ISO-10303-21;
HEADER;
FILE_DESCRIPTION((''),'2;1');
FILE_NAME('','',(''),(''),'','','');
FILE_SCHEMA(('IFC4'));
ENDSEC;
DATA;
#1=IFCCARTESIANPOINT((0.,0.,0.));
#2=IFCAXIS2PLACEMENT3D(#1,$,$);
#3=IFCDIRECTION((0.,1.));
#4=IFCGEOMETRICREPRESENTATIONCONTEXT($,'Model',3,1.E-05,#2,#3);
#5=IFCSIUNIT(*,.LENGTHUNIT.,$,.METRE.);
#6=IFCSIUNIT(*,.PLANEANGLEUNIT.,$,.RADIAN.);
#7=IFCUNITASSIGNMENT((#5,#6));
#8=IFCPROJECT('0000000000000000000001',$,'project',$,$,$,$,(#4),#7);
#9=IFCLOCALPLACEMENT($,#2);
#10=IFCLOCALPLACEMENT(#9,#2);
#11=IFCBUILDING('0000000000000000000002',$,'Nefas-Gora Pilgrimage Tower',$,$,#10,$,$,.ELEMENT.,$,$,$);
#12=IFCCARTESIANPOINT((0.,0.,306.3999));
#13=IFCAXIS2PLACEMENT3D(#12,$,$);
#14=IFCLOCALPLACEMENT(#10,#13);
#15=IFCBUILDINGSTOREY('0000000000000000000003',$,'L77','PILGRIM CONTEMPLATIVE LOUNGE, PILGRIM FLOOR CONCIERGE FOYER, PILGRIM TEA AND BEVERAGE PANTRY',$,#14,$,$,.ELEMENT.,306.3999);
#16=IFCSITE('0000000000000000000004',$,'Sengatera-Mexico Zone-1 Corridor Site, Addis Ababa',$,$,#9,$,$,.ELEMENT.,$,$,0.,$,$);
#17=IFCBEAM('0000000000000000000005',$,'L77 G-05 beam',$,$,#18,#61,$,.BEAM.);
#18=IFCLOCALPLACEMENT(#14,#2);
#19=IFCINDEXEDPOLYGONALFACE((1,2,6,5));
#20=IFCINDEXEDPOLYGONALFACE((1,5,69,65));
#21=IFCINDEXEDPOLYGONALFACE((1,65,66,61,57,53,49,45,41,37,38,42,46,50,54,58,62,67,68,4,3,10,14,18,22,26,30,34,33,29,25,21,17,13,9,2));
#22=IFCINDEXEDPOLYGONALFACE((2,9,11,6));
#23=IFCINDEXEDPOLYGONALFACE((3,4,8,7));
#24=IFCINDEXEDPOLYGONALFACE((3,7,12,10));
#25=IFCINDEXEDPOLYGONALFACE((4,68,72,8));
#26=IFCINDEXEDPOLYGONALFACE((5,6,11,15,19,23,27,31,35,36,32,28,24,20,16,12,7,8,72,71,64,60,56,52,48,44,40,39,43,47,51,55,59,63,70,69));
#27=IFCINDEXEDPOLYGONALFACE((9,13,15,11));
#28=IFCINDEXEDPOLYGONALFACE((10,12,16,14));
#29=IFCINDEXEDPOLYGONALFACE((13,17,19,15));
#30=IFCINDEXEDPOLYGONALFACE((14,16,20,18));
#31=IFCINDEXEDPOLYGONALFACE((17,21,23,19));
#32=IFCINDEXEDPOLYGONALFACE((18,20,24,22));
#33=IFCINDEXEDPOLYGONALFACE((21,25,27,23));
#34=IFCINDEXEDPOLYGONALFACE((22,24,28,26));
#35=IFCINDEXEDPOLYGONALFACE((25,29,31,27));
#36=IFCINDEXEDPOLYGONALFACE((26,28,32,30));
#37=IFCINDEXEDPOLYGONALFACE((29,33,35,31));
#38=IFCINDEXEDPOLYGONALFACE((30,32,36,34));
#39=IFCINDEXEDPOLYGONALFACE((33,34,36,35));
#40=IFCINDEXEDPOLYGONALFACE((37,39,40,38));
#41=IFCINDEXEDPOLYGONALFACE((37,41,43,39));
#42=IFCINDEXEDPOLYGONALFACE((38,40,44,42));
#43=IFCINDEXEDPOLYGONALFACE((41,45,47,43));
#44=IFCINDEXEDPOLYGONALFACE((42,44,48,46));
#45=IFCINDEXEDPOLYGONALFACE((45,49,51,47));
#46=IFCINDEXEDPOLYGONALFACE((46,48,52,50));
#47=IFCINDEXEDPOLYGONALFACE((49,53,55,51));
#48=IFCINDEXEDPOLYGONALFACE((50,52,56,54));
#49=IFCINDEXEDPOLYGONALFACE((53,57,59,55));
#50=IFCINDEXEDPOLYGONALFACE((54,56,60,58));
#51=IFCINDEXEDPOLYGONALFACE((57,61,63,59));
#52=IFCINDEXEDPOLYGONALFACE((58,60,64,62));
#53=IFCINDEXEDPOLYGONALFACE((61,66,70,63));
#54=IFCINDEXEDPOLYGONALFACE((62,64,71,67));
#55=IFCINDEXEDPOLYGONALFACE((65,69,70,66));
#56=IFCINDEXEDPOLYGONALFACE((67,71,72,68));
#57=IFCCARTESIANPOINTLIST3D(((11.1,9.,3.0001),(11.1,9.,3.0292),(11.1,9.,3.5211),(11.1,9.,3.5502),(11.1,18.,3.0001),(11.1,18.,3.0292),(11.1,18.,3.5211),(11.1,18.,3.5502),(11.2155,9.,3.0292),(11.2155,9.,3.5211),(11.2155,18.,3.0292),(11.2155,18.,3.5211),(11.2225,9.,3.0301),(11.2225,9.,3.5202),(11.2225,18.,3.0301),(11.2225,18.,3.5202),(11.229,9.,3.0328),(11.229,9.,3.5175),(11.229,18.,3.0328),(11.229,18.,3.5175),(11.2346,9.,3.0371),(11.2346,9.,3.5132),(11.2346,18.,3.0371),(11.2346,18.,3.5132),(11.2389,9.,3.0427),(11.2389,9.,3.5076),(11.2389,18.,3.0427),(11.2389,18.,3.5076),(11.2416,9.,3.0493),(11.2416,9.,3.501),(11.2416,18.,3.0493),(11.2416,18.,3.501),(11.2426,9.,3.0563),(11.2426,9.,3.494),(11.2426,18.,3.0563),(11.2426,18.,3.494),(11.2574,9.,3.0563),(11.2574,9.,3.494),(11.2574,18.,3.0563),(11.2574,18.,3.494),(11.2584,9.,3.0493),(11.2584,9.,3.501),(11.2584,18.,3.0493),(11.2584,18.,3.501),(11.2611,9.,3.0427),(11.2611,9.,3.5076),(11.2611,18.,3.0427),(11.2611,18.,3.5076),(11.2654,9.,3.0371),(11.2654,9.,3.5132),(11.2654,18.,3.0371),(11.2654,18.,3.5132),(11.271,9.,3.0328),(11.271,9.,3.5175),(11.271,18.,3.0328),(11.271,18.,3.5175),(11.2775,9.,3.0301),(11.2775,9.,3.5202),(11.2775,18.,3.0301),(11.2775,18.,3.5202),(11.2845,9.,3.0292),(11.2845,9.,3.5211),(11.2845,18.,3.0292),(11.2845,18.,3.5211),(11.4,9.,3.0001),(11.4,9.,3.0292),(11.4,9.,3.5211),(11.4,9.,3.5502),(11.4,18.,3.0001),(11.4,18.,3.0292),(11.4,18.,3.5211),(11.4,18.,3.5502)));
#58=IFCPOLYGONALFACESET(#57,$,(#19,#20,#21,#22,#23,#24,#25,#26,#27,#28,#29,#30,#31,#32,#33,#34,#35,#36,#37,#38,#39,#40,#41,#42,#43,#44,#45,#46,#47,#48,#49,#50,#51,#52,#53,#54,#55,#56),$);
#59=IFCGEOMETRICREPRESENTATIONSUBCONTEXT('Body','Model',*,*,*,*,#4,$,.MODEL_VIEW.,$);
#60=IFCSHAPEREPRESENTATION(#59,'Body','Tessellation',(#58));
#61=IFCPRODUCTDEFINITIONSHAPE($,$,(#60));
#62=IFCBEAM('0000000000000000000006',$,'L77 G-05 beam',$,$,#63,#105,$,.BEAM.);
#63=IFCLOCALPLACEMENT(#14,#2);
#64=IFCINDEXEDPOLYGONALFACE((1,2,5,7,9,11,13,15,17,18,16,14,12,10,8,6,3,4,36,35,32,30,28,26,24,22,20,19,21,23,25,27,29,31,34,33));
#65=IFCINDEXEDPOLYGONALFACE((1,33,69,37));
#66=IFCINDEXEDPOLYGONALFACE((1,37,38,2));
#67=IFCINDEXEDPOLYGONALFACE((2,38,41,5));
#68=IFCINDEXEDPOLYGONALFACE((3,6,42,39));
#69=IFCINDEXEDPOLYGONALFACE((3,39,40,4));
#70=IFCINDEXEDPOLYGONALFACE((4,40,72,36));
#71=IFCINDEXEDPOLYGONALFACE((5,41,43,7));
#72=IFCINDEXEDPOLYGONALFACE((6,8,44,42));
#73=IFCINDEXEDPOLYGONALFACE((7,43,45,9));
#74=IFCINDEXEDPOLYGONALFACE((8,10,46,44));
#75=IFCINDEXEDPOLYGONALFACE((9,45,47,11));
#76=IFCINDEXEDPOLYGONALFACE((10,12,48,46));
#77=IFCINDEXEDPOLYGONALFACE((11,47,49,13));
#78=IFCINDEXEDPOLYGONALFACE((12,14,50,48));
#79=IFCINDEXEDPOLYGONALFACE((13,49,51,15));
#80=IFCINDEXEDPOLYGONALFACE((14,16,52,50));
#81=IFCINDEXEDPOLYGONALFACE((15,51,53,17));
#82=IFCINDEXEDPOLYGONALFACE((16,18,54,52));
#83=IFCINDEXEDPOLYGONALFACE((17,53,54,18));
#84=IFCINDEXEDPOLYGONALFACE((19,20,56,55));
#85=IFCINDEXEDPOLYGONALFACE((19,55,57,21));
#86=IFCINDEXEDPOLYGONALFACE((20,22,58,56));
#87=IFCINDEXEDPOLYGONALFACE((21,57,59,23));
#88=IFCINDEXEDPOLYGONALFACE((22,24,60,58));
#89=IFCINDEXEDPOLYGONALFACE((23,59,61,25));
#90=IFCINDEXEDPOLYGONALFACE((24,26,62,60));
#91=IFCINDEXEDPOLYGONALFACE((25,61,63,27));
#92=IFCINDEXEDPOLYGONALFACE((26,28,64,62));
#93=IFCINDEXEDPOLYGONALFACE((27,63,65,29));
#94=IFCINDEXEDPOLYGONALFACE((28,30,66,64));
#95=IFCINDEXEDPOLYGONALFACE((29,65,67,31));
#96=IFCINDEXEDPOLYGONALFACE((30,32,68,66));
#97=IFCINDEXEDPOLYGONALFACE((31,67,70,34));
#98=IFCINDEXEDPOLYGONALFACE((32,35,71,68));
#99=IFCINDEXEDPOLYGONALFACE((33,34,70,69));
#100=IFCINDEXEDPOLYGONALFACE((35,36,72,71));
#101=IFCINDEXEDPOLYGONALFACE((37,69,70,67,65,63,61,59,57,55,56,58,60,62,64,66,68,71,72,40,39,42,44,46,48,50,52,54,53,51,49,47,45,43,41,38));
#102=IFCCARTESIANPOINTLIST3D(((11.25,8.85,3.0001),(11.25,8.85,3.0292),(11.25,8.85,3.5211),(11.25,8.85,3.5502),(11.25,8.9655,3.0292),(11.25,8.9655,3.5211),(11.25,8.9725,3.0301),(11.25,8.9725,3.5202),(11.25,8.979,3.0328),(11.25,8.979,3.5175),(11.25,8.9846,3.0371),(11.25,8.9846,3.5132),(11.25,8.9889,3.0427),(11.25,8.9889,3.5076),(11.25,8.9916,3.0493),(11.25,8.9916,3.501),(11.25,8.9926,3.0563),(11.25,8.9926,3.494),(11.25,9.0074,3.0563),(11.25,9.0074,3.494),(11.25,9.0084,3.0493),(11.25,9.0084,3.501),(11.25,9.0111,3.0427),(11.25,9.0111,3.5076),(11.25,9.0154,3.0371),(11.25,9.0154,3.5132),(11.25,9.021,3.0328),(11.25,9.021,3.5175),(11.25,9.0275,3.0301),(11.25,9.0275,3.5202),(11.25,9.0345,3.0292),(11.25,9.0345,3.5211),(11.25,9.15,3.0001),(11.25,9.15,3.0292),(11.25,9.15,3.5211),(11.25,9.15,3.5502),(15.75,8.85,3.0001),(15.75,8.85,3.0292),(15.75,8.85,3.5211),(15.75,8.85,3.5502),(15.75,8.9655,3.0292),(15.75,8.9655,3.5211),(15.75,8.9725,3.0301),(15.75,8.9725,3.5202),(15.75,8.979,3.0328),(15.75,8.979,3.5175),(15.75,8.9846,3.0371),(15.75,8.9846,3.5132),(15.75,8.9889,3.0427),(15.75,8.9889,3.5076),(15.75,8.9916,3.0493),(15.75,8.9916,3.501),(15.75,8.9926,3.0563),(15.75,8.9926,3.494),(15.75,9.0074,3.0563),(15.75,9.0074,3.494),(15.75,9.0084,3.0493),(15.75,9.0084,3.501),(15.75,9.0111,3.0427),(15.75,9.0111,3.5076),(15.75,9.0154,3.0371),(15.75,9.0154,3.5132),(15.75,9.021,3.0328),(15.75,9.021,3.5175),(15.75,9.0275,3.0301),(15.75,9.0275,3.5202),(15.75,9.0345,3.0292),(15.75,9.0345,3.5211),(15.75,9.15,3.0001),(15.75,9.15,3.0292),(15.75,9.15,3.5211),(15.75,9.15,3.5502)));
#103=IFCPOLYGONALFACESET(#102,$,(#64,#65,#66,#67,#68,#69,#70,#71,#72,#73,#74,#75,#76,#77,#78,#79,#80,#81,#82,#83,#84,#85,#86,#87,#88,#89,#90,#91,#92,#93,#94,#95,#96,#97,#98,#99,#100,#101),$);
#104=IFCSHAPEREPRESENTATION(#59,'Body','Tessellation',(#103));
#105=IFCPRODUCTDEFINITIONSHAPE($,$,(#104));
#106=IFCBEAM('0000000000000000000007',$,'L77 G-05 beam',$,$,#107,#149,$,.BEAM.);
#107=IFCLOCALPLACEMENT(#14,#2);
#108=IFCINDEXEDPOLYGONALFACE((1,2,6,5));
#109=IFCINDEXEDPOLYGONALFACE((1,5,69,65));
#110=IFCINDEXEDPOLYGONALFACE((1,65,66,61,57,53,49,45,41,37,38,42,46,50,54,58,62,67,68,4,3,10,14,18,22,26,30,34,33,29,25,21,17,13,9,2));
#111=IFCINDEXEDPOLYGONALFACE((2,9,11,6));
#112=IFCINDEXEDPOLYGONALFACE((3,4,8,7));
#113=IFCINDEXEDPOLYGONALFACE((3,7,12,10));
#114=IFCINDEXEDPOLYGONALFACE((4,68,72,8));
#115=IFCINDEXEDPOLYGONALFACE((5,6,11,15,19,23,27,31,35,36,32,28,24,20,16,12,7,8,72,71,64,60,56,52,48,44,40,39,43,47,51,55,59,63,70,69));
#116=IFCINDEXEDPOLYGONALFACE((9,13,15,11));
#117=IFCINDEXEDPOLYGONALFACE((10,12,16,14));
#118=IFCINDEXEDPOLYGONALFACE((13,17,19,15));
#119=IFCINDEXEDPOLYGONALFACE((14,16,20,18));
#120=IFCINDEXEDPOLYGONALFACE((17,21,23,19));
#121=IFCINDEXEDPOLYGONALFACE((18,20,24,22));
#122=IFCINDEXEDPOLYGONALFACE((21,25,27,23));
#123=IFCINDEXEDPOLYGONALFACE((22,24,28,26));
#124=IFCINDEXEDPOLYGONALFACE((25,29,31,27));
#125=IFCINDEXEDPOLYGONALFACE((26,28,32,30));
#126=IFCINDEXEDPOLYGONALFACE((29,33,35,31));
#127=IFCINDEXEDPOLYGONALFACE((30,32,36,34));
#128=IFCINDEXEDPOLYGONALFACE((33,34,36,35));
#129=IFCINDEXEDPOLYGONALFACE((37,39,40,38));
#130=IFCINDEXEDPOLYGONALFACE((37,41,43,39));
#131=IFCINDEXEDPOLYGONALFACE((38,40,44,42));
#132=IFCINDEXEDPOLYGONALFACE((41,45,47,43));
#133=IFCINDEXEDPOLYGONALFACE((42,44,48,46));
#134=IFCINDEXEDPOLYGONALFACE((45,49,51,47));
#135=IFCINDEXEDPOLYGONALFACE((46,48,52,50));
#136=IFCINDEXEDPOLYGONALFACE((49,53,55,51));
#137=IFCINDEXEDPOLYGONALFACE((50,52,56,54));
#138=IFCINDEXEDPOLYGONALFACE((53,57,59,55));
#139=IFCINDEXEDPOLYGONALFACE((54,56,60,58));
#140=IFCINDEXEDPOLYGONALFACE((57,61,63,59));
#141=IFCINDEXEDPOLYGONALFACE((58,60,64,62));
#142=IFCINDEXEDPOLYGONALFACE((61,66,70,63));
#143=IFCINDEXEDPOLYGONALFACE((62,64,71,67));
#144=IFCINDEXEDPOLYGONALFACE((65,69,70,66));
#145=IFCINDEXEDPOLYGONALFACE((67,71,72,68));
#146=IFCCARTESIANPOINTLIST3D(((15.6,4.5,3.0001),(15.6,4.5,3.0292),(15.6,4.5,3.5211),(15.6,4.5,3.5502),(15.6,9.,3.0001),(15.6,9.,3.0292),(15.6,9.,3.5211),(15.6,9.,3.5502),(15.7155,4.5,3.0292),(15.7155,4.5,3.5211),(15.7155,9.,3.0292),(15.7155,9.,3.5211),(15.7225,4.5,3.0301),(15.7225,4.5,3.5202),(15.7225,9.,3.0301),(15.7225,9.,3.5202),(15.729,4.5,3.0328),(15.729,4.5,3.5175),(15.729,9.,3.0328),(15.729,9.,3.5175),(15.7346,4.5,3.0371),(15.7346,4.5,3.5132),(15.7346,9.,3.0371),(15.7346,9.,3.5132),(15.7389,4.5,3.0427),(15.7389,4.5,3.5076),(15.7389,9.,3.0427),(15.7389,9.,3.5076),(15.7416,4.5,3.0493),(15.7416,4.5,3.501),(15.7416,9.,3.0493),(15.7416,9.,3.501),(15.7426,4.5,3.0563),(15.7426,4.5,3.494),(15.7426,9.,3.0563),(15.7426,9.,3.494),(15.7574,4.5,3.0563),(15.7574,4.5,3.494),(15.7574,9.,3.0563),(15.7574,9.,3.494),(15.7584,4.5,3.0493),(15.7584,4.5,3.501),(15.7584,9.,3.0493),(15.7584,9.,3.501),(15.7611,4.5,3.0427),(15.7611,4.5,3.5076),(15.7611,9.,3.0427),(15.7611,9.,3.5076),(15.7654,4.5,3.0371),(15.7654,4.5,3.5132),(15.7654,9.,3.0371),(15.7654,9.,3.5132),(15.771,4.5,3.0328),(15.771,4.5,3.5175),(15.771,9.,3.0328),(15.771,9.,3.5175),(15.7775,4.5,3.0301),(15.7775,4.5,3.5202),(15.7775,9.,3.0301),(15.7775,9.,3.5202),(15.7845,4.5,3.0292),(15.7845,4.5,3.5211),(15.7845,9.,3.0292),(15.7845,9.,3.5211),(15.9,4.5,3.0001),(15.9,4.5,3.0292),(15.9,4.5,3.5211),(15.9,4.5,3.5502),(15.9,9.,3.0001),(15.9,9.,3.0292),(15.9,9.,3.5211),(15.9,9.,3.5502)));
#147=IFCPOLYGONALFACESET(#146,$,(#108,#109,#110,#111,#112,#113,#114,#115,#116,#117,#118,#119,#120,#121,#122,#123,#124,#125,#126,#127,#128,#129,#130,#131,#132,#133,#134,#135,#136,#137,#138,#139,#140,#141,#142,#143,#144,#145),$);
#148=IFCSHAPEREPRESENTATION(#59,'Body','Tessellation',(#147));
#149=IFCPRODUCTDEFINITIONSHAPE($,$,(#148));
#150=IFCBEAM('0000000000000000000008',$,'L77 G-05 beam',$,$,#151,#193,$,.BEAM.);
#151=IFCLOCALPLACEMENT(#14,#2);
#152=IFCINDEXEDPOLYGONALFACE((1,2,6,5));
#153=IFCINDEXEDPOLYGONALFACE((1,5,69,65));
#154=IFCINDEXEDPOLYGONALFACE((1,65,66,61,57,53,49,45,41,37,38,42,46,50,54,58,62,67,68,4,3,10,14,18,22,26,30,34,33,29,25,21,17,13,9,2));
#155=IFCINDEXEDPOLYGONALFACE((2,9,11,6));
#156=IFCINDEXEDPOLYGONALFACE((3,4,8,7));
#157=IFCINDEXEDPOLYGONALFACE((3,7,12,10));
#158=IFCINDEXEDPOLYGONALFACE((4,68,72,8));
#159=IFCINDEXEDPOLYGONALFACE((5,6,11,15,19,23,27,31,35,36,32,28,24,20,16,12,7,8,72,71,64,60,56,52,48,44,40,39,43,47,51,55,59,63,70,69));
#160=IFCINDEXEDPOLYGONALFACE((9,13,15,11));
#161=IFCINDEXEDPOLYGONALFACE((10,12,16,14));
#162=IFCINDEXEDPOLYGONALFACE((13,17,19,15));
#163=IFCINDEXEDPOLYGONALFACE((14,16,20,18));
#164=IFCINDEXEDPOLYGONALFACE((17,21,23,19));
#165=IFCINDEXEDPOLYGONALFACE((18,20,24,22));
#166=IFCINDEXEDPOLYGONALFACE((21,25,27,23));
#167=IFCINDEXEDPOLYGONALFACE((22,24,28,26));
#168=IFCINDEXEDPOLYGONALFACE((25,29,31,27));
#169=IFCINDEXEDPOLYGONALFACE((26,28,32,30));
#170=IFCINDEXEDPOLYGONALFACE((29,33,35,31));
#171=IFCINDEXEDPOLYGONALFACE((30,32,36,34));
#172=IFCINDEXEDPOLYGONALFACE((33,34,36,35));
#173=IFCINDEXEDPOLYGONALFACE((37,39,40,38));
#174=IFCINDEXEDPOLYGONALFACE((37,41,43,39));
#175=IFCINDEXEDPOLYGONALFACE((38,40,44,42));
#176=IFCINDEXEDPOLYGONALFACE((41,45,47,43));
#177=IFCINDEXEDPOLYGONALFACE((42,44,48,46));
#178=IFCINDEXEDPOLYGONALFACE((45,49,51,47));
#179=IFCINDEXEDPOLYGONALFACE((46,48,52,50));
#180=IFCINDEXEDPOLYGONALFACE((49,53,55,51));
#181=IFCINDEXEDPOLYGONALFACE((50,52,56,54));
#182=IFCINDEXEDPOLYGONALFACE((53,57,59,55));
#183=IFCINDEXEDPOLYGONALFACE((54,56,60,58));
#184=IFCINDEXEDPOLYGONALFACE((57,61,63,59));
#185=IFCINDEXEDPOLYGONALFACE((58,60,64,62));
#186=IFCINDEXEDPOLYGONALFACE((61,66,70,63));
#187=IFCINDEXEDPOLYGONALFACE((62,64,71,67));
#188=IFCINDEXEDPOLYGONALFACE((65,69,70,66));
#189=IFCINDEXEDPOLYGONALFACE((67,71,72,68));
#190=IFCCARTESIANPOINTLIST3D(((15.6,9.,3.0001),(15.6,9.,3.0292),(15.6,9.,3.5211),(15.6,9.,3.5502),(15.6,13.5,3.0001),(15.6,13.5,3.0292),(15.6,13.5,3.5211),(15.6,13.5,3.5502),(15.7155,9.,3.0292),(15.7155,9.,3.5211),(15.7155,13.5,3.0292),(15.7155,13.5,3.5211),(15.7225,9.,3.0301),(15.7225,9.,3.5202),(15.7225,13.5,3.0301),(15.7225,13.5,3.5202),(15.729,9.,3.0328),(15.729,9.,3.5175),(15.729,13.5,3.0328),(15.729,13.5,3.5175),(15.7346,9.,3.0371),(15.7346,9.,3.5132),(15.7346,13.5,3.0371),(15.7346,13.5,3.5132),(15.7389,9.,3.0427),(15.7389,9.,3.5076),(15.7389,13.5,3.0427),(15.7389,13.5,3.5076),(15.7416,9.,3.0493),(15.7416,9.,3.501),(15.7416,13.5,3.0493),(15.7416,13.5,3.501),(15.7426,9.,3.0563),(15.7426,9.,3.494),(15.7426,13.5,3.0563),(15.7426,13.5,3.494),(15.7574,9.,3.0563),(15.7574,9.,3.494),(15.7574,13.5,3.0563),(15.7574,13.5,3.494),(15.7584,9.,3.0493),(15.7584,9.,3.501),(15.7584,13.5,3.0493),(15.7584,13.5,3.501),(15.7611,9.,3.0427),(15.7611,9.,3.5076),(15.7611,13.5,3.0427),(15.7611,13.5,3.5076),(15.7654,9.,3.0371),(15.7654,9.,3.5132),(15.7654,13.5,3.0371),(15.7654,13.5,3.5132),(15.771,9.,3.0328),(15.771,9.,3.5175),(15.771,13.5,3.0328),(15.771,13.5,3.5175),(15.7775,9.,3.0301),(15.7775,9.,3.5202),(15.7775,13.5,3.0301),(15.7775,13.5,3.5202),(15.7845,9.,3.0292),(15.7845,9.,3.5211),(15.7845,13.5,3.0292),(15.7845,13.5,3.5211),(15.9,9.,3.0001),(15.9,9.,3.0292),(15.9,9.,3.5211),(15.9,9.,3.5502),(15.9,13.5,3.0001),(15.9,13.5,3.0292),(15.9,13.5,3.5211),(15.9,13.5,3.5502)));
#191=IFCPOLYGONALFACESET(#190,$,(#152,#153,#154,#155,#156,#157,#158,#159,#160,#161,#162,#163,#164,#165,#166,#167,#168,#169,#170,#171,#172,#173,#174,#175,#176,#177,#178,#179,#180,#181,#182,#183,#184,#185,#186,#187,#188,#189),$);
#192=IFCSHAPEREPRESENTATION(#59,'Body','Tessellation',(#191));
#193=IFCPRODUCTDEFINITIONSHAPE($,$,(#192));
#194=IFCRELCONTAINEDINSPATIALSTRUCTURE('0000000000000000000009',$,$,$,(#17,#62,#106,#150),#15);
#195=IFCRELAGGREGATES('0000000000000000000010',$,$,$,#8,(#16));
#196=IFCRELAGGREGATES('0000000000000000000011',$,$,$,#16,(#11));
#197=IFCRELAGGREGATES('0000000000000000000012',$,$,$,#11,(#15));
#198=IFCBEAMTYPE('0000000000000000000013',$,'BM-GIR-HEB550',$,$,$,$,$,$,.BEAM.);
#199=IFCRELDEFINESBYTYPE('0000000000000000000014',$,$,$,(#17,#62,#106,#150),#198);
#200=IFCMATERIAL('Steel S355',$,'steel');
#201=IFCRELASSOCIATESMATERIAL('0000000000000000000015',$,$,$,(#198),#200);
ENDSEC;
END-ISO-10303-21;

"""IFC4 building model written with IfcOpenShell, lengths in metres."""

from ifc_helpers import new_model, si_unit, direction, frame, origin, origin_2d, place, context, subcontext, project, spatial, i_section, extrude, source, transform, mapped, material, material_profile, profile_set, type_object, element, save


model = new_model("IFC4")

# Units and contexts
model_context = context("Model", 3, precision=1e-05, world=origin(), true_north=direction((0.0, 1.0)))
body_context = subcontext(model_context, "Body", "Model", "MODEL_VIEW")
ifc_project = project(units=[si_unit("LENGTHUNIT", "METRE"), si_unit("PLANEANGLEUNIT", "RADIAN")], contexts=[model_context])

# Site, building, storey
site_placement = place(None, origin())
site = spatial("IfcSite", under=ifc_project, at=site_placement, Name="Sengatera-Mexico Zone-1 Corridor Site, Addis Ababa", CompositionType="ELEMENT", RefElevation=0.0)
building_placement = place(site_placement, origin())
building = spatial("IfcBuilding", under=site, at=building_placement, Name="Nefas-Gora Pilgrimage Tower", CompositionType="ELEMENT")
storey_placement = place(building_placement, frame((0.0, 0.0, 306.3999)))
storey = spatial("IfcBuildingStorey", under=building, at=storey_placement, Name="L77", Description="PILGRIM CONTEMPLATIVE LOUNGE, PILGRIM FLOOR CONCIERGE FOYER, PILGRIM TEA AND BEVERAGE PANTRY", CompositionType="ELEMENT", Elevation=306.3999)

# Shared definitions
ifc_material_1 = material(Name="Steel S355", Category="steel")

# Beams
ifc_material_profile_1 = material_profile(ifc_material_1, i_section(OverallWidth=0.3, OverallDepth=0.55, WebThickness=0.0149, FlangeThickness=0.0291, FilletRadius=0.0271, at=origin_2d()), Name="HEB 550")
ifc_profile_set_1 = profile_set([ifc_material_profile_1], Name="Steel S355")
beam_type_1 = type_object("IfcBeamType", Name="BM-GIR-HEB550", PredefinedType="BEAM", material=ifc_profile_set_1)
shared_shape_1 = source(origin(), body_context, "Body", "SweptSolid", [
    extrude(i_section(OverallWidth=0.3, OverallDepth=0.55, WebThickness=0.0149, FlangeThickness=0.0291, FilletRadius=0.0271, at=origin_2d()), origin(), (0.0, 0.0, 1.0), 9.0),
])
beam_placement = place(storey_placement, frame((11.25, 9.0, 3.2751), z_axis=(0.0, 1.0, 0.0), x_axis=(-1.0, 0.0, 0.0)))
element("IfcBeam", 1, at=beam_placement, inside=storey, type_object=beam_type_1, Name="L77 G-05 beam", PredefinedType="BEAM", context=body_context, shape_type="MappedRepresentation", body=[
    mapped(shared_shape_1, transform((0.0, 0.0, 0.0), x_axis=(1.0, 0.0, 0.0), y_axis=(0.0, 1.0, 0.0), z_axis=(0.0, 0.0, 1.0), scale=1.0)),
])
shared_shape_2 = source(origin(), body_context, "Body", "SweptSolid", [
    extrude(i_section(OverallWidth=0.3, OverallDepth=0.55, WebThickness=0.0149, FlangeThickness=0.0291, FilletRadius=0.0271, at=origin_2d()), origin(), (0.0, 0.0, 1.0), 4.5),
])
for number, where, z_axis, x_axis, name in (
    (2, (11.25, 9.0, 3.2751), (1.0, 0.0, 0.0), (0.0, 1.0, 0.0), "L77 G-05 beam"),
    (3, (15.75, 4.5, 3.2751), (0.0, 1.0, 0.0), (-1.0, 0.0, 0.0), "L77 G-05 beam"),
    (4, (15.75, 9.0, 3.2751), (0.0, 1.0, 0.0), (-1.0, 0.0, 0.0), "L77 G-05 beam"),
):
    element("IfcBeam", number, at=place(storey_placement, frame(where, z_axis=z_axis, x_axis=x_axis)), inside=storey, type_object=beam_type_1, Name=name, PredefinedType="BEAM", context=body_context, shape_type="MappedRepresentation", body=[
        mapped(shared_shape_2, transform((0.0, 0.0, 0.0), x_axis=(1.0, 0.0, 0.0), y_axis=(0.0, 1.0, 0.0), z_axis=(0.0, 0.0, 1.0), scale=1.0)),
    ])

save(model, "model.ifc")
